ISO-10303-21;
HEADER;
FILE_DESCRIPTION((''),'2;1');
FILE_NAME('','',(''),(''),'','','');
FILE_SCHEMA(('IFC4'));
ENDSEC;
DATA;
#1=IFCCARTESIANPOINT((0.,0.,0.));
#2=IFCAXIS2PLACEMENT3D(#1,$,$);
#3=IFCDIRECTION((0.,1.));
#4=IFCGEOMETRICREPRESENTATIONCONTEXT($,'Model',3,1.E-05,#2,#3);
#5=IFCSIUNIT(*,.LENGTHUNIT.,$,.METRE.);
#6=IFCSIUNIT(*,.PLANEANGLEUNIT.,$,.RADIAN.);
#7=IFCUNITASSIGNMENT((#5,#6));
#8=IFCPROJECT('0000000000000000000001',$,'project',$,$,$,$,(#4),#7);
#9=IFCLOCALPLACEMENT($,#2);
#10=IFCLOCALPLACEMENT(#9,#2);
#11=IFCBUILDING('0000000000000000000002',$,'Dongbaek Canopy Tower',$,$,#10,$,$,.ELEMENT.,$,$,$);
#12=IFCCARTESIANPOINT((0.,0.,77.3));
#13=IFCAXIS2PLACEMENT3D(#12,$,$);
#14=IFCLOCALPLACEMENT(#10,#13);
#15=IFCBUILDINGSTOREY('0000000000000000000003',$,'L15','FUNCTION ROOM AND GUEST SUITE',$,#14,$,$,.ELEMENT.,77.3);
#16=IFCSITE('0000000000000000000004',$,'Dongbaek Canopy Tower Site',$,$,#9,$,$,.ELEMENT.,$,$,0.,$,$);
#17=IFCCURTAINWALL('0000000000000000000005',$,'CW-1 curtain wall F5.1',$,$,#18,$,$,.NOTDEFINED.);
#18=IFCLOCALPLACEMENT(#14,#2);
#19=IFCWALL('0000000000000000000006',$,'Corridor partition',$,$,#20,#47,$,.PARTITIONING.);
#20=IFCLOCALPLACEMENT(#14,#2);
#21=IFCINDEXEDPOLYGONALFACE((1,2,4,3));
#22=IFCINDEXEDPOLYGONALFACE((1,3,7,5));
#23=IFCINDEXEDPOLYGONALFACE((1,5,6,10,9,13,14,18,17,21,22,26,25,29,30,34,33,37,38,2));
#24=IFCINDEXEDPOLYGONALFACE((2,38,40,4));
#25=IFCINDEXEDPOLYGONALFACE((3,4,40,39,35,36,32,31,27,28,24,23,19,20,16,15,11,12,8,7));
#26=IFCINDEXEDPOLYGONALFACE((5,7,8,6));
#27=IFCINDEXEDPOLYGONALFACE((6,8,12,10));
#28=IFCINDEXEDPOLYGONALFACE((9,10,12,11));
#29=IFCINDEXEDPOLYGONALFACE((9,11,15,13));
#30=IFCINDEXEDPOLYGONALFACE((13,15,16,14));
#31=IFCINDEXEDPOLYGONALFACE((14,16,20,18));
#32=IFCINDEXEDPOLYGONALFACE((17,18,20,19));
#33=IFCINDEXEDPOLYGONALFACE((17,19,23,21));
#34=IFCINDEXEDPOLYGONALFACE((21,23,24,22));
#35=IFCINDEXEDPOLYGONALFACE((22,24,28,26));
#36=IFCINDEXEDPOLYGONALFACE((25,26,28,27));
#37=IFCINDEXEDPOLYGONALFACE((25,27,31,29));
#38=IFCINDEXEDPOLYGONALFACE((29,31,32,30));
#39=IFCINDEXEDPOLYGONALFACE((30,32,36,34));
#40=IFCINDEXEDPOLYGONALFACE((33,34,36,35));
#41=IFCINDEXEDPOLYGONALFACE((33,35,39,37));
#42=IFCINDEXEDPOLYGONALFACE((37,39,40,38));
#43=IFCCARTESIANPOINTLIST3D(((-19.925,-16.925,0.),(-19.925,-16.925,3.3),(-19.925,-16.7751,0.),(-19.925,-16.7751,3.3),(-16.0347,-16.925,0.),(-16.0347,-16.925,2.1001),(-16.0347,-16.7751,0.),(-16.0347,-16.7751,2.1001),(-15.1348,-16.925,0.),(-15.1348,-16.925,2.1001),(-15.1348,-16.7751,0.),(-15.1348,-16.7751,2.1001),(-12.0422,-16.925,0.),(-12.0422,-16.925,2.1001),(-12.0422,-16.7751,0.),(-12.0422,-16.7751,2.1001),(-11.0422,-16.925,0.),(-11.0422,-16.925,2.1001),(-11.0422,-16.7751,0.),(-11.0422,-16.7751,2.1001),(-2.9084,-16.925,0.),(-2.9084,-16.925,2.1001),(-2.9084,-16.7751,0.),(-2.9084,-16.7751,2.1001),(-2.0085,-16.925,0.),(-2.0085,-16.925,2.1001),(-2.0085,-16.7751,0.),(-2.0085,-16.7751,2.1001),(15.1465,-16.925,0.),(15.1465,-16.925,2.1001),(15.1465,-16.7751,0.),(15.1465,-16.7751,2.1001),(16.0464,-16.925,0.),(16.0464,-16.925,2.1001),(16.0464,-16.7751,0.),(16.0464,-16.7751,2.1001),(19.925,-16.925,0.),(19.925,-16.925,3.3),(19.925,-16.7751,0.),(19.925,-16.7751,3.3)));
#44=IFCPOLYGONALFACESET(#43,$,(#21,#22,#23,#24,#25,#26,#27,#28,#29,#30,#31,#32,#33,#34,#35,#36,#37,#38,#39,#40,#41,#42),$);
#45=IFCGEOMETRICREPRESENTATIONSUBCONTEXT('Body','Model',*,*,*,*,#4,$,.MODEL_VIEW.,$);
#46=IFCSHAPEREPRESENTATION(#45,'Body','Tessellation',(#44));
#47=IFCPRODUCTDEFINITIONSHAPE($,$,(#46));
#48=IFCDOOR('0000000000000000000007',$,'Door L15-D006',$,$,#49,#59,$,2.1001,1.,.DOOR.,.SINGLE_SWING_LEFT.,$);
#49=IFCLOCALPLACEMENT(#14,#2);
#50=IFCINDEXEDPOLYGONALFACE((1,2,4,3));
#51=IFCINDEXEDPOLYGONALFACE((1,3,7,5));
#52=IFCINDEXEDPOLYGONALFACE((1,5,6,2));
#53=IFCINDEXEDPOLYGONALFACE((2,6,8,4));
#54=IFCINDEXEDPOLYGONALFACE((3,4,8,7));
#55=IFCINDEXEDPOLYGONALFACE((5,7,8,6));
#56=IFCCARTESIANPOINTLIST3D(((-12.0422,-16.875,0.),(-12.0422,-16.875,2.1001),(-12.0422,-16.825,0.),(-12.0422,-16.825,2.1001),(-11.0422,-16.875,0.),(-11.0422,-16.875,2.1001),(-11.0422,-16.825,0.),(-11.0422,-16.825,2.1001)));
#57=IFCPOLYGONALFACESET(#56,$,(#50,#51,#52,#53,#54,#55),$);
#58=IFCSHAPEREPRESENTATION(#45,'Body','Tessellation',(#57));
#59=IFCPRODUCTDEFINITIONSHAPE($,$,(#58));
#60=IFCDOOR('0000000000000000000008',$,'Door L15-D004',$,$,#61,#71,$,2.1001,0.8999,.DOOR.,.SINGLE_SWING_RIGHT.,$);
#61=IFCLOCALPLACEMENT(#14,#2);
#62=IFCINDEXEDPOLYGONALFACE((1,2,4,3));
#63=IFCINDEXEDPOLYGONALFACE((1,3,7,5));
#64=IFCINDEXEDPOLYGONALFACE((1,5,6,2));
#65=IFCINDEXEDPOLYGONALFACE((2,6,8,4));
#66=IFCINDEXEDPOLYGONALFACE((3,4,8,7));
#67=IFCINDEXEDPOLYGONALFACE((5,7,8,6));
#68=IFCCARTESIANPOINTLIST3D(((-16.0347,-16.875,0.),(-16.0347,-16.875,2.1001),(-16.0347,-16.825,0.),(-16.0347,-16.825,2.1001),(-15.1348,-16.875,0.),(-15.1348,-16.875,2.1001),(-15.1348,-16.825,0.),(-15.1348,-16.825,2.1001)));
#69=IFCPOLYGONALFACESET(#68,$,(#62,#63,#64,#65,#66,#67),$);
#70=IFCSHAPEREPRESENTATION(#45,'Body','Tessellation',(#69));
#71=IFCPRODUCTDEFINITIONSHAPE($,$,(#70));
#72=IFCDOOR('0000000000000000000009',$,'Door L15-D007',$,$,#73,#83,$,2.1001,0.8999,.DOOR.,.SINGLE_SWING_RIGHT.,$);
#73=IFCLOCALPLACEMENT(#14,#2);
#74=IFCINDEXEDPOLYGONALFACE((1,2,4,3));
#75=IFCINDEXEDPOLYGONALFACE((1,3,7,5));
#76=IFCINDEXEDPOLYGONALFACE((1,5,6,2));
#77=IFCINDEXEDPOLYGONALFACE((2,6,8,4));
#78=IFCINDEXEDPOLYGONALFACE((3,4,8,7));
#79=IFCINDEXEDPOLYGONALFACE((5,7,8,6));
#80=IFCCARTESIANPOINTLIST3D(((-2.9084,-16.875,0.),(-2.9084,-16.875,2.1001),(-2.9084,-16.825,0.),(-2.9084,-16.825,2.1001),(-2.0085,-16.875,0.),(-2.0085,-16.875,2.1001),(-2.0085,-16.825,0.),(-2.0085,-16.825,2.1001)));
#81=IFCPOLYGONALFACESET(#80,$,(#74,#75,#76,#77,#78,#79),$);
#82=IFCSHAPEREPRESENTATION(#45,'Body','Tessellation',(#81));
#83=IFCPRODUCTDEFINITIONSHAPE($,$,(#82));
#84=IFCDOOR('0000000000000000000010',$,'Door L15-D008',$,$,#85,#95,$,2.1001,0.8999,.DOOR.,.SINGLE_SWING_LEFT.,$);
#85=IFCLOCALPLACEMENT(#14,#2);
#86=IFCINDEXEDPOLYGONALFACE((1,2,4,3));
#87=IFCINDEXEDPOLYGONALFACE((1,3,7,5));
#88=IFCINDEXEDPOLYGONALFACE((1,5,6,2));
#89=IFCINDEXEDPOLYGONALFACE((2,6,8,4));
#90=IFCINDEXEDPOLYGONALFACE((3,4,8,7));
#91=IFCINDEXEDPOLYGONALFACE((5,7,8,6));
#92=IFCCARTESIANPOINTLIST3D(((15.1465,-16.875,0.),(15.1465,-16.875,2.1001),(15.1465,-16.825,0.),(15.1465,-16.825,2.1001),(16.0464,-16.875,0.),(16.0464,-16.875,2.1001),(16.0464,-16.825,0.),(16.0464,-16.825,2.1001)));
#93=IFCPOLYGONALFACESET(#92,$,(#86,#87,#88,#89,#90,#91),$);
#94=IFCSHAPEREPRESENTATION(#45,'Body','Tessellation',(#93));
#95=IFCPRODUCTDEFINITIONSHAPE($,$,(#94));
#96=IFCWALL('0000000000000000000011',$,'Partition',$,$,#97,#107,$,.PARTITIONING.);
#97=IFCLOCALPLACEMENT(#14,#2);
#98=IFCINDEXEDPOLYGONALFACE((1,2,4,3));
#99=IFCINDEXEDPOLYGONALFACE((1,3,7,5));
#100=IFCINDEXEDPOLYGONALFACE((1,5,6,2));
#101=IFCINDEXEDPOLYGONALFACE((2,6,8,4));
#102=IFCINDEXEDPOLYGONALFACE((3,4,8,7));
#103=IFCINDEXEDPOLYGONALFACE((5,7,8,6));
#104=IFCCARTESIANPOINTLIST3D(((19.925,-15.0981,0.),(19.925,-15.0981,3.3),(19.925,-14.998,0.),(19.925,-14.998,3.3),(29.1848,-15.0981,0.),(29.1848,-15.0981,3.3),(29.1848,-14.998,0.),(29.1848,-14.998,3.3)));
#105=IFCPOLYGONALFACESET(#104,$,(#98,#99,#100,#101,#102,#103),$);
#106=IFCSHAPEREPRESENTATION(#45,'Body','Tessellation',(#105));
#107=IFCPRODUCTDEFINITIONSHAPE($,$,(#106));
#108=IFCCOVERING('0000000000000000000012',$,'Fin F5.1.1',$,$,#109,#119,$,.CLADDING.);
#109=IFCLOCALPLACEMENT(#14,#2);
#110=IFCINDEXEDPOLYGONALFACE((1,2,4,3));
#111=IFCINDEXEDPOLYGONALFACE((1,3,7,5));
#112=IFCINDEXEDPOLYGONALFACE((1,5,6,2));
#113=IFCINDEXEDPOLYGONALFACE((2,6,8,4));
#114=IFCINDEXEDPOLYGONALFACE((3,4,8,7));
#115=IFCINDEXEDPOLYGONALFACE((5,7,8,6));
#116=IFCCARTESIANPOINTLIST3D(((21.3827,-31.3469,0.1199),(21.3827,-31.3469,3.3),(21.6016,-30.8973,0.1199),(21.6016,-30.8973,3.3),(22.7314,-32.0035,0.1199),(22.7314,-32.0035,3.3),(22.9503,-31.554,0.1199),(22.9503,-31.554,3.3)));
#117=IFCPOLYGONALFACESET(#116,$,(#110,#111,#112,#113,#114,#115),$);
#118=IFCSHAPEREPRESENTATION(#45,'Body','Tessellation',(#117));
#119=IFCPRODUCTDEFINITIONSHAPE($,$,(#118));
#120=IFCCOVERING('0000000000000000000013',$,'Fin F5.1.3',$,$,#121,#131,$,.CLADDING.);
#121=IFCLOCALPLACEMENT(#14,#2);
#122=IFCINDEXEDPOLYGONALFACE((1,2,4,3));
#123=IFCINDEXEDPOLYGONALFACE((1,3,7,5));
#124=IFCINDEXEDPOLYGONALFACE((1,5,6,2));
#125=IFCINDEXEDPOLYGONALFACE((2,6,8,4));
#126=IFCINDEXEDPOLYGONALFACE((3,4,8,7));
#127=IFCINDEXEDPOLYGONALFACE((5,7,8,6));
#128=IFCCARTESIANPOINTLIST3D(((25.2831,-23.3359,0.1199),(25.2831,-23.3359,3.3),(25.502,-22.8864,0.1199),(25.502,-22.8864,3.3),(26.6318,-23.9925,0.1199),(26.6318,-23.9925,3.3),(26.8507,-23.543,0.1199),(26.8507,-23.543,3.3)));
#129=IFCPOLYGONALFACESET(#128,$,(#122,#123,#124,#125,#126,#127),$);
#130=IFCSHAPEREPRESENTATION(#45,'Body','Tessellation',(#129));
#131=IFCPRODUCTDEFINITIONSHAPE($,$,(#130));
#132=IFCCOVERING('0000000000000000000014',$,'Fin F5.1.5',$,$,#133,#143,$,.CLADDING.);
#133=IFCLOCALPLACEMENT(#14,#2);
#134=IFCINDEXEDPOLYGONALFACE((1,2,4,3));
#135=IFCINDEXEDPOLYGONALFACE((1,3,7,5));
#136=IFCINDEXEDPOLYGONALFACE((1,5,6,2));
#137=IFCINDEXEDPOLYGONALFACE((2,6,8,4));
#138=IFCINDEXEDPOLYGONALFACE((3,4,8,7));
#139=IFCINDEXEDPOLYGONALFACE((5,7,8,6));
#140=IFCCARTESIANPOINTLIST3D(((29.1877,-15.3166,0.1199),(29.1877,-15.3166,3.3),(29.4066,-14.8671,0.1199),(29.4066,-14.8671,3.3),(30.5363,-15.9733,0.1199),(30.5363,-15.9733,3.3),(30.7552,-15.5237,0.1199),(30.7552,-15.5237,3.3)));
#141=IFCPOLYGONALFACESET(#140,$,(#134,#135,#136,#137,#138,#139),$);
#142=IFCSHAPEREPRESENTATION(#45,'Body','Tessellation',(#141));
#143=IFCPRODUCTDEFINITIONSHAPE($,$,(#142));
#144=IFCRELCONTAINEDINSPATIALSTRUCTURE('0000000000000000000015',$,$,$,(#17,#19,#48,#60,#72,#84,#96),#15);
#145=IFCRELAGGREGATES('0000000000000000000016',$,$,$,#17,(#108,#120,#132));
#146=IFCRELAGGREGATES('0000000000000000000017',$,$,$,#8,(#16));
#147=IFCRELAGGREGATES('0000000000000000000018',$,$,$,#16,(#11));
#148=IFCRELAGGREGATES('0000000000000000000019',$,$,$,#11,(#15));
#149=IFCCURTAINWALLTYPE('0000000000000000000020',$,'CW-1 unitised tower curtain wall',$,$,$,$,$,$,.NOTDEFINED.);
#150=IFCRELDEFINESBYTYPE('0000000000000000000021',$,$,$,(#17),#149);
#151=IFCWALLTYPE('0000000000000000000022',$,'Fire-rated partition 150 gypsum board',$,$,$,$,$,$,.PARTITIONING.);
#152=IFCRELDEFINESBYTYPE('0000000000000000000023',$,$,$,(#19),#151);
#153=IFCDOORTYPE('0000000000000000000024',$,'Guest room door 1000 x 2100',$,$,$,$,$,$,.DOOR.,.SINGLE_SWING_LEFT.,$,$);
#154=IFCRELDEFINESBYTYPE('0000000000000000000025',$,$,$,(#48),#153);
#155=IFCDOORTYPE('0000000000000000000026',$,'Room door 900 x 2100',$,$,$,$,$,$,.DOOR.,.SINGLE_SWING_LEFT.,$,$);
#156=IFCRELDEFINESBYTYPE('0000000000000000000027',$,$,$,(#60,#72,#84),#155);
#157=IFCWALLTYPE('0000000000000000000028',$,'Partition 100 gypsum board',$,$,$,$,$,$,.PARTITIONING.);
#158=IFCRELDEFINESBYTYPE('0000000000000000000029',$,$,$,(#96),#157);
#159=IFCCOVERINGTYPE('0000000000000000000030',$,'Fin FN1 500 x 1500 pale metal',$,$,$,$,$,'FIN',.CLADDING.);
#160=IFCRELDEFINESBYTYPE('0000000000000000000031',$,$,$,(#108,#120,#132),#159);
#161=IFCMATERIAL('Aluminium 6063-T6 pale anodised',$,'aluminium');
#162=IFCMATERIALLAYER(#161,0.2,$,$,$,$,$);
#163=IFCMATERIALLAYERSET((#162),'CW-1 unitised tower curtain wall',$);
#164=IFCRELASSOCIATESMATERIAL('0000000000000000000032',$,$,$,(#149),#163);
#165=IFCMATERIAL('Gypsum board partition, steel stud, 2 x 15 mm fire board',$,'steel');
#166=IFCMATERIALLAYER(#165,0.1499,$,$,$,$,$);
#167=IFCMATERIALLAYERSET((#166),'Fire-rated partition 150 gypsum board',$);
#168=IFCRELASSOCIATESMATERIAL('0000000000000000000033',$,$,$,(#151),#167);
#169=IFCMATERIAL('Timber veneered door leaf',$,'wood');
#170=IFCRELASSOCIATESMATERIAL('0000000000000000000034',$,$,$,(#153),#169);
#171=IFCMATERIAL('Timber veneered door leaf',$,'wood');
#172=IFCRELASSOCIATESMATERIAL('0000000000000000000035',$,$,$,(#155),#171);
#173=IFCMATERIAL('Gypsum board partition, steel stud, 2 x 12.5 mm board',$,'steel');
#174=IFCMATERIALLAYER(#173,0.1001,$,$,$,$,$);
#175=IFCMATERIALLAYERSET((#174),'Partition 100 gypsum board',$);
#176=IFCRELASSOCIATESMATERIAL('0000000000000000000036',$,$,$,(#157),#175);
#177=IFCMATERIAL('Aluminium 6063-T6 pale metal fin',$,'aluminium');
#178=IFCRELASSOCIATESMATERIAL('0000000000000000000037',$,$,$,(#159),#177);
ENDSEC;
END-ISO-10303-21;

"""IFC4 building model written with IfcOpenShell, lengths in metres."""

from ifc_helpers import new_model, si_unit, direction, frame, frame_2d, origin, origin_2d, place, context, subcontext, project, spatial, rectangle, extrude, material, layer, layer_set, material_profile, profile_set, type_object, element, fill, aggregate, save


model = new_model("IFC4")

# Units and contexts
model_context = context("Model", 3, precision=1e-05, world=origin(), true_north=direction((0.0, 1.0)))
body_context = subcontext(model_context, "Body", "Model", "MODEL_VIEW")
ifc_project = project(units=[si_unit("LENGTHUNIT", "METRE"), si_unit("PLANEANGLEUNIT", "RADIAN")], contexts=[model_context])

# Site, building, storey
site_placement = place(None, origin())
site = spatial("IfcSite", under=ifc_project, at=site_placement, Name="Dongbaek Canopy Tower Site", CompositionType="ELEMENT", RefElevation=0.0)
building_placement = place(site_placement, origin())
building = spatial("IfcBuilding", under=site, at=building_placement, Name="Dongbaek Canopy Tower", CompositionType="ELEMENT")
storey_placement = place(building_placement, frame((0.0, 0.0, 77.3)))
storey = spatial("IfcBuildingStorey", under=building, at=storey_placement, Name="L15", Description="FUNCTION ROOM AND GUEST SUITE", CompositionType="ELEMENT", Elevation=77.3)

# Curtain wall
ifc_material_1 = material(Name="Aluminium 6063-T6 pale anodised", Category="aluminium")
ifc_layer_1 = layer(ifc_material_1, 0.2)
ifc_layer_set_1 = layer_set([ifc_layer_1], Name="CW-1 unitised tower curtain wall")
curtain_wall_type = type_object("IfcCurtainWallType", Name="CW-1 unitised tower curtain wall", PredefinedType="NOTDEFINED", material=ifc_layer_set_1)
curtain_wall_1_placement = place(storey_placement, origin())
curtain_wall_1 = element("IfcCurtainWall", 1, at=curtain_wall_1_placement, inside=storey, type_object=curtain_wall_type, Name="CW-1 curtain wall F5.1", PredefinedType="NOTDEFINED")

# Wall, openings, doors
ifc_material_2 = material(Name="Gypsum board partition, steel stud, 2 x 15 mm fire board", Category="steel")
ifc_layer_2 = layer(ifc_material_2, 0.1499)
ifc_layer_set_2 = layer_set([ifc_layer_2], Name="Fire-rated partition 150 gypsum board")
wall_type_1 = type_object("IfcWallType", Name="Fire-rated partition 150 gypsum board", PredefinedType="PARTITIONING", material=ifc_layer_set_2)
wall_1_placement = place(storey_placement, frame((19.925, -16.8501, 0.0), z_axis=(0.0, 0.0, 1.0), x_axis=(-1.0, 0.0, 0.0)))
wall_1 = element("IfcWall", 2, at=wall_1_placement, inside=storey, type_object=wall_type_1, Name="Corridor partition", PredefinedType="PARTITIONING", context=body_context, shape_type="SweptSolid", body=[
    extrude(rectangle(XDim=39.8501, YDim=0.1499, at=frame_2d((19.925, 0.0))), origin(), (0.0, 0.0, 1.0), 3.3),
])
opening_1_placement = place(wall_1_placement, frame((35.0598, 0.0, 0.0)))
opening_1 = element("IfcOpeningElement", 3, at=opening_1_placement, cuts=wall_1, PredefinedType="OPENING", context=body_context, shape_type="SweptSolid", body=[
    extrude(rectangle(XDim=0.8999, YDim=2.1001, at=frame_2d((0.45, 1.05))), frame((0.0, 0.085, 0.0), z_axis=(0.0, -1.0, 0.0), x_axis=(1.0, 0.0, 0.0)), (0.0, 0.0, 1.0), 0.1699),
])
opening_2_placement = place(wall_1_placement, frame((30.9673, 0.0, 0.0)))
opening_2 = element("IfcOpeningElement", 4, at=opening_2_placement, cuts=wall_1, PredefinedType="OPENING", context=body_context, shape_type="SweptSolid", body=[
    extrude(rectangle(XDim=1.0, YDim=2.1001, at=frame_2d((0.5, 1.05))), frame((0.0, 0.085, 0.0), z_axis=(0.0, -1.0, 0.0), x_axis=(1.0, 0.0, 0.0)), (0.0, 0.0, 1.0), 0.1699),
])
opening_3_placement = place(wall_1_placement, frame((21.9336, 0.0, 0.0)))
opening_3 = element("IfcOpeningElement", 5, at=opening_3_placement, cuts=wall_1, PredefinedType="OPENING", context=body_context, shape_type="SweptSolid", body=[
    extrude(rectangle(XDim=0.8999, YDim=2.1001, at=frame_2d((0.45, 1.05))), frame((0.0, 0.085, 0.0), z_axis=(0.0, -1.0, 0.0), x_axis=(1.0, 0.0, 0.0)), (0.0, 0.0, 1.0), 0.1699),
])
opening_4_placement = place(wall_1_placement, frame((3.8787, 0.0, 0.0)))
opening_4 = element("IfcOpeningElement", 6, at=opening_4_placement, cuts=wall_1, PredefinedType="OPENING", context=body_context, shape_type="SweptSolid", body=[
    extrude(rectangle(XDim=0.8999, YDim=2.1001, at=frame_2d((0.45, 1.05))), frame((0.0, 0.085, 0.0), z_axis=(0.0, -1.0, 0.0), x_axis=(1.0, 0.0, 0.0)), (0.0, 0.0, 1.0), 0.1699),
])
ifc_material_3 = material(Name="Timber veneered door leaf", Category="wood")
door_type_1 = type_object("IfcDoorType", Name="Guest room door 1000 x 2100", OperationType="SINGLE_SWING_LEFT", PredefinedType="DOOR", material=ifc_material_3)
door_1_placement = place(opening_2_placement, origin())
door_1 = element("IfcDoor", 7, at=door_1_placement, inside=storey, type_object=door_type_1, Name="Door L15-D006", OperationType="SINGLE_SWING_LEFT", OverallHeight=2.1001, OverallWidth=1.0, PredefinedType="DOOR", context=body_context, shape_type="SweptSolid", body=[
    extrude(rectangle(XDim=1.0, YDim=2.1001, at=frame_2d((0.5, 1.05))), frame((0.0, 0.0249, 0.0), z_axis=(0.0, -1.0, 0.0), x_axis=(1.0, 0.0, 0.0)), (0.0, 0.0, 1.0), 0.05),
])
fill(opening_2, door_1)
ifc_material_4 = material(Name="Timber veneered door leaf", Category="wood")
door_type_2 = type_object("IfcDoorType", Name="Room door 900 x 2100", OperationType="SINGLE_SWING_LEFT", PredefinedType="DOOR", material=ifc_material_4)
door_2_placement = place(opening_1_placement, origin())
door_2 = element("IfcDoor", 8, at=door_2_placement, inside=storey, type_object=door_type_2, Name="Door L15-D004", OperationType="SINGLE_SWING_RIGHT", OverallHeight=2.1001, OverallWidth=0.8999, PredefinedType="DOOR", context=body_context, shape_type="SweptSolid", body=[
    extrude(rectangle(XDim=0.8999, YDim=2.1001, at=frame_2d((0.45, 1.05))), frame((0.0, 0.0249, 0.0), z_axis=(0.0, -1.0, 0.0), x_axis=(1.0, 0.0, 0.0)), (0.0, 0.0, 1.0), 0.05),
])
fill(opening_1, door_2)
door_3_placement = place(opening_3_placement, origin())
door_3 = element("IfcDoor", 9, at=door_3_placement, inside=storey, type_object=door_type_2, Name="Door L15-D007", OperationType="SINGLE_SWING_RIGHT", OverallHeight=2.1001, OverallWidth=0.8999, PredefinedType="DOOR", context=body_context, shape_type="SweptSolid", body=[
    extrude(rectangle(XDim=0.8999, YDim=2.1001, at=frame_2d((0.45, 1.05))), frame((0.0, 0.0249, 0.0), z_axis=(0.0, -1.0, 0.0), x_axis=(1.0, 0.0, 0.0)), (0.0, 0.0, 1.0), 0.05),
])
fill(opening_3, door_3)
door_4_placement = place(opening_4_placement, origin())
door_4 = element("IfcDoor", 10, at=door_4_placement, inside=storey, type_object=door_type_2, Name="Door L15-D008", OperationType="SINGLE_SWING_LEFT", OverallHeight=2.1001, OverallWidth=0.8999, PredefinedType="DOOR", context=body_context, shape_type="SweptSolid", body=[
    extrude(rectangle(XDim=0.8999, YDim=2.1001, at=frame_2d((0.45, 1.05))), frame((0.0, 0.0249, 0.0), z_axis=(0.0, -1.0, 0.0), x_axis=(1.0, 0.0, 0.0)), (0.0, 0.0, 1.0), 0.05),
])
fill(opening_4, door_4)

# Wall
ifc_material_5 = material(Name="Gypsum board partition, steel stud, 2 x 12.5 mm board", Category="steel")
ifc_layer_3 = layer(ifc_material_5, 0.1001)
ifc_layer_set_3 = layer_set([ifc_layer_3], Name="Partition 100 gypsum board")
wall_type_2 = type_object("IfcWallType", Name="Partition 100 gypsum board", PredefinedType="PARTITIONING", material=ifc_layer_set_3)
wall_2_placement = place(storey_placement, frame((19.925, -15.0481, 0.0), z_axis=(0.0, 0.0, 1.0), x_axis=(1.0, 0.0, 0.0)))
element("IfcWall", 11, at=wall_2_placement, inside=storey, type_object=wall_type_2, Name="Partition", PredefinedType="PARTITIONING", context=body_context, shape_type="SweptSolid", body=[
    extrude(rectangle(XDim=9.2598, YDim=0.1001, at=frame_2d((4.6299, 0.0))), origin(), (0.0, 0.0, 1.0), 3.3),
])

# Coverings
ifc_material_6 = material(Name="Aluminium 6063-T6 pale metal fin", Category="aluminium")
ifc_material_profile_1 = material_profile(ifc_material_6, rectangle(XDim=1.5, YDim=0.5, at=origin_2d()), Name="Fin FN1 500 x 1500 pale metal")
ifc_profile_set_1 = profile_set([ifc_material_profile_1], Name="Aluminium 6063-T6 pale metal fin")
covering_type = type_object("IfcCoveringType", Name="Fin FN1 500 x 1500 pale metal", ElementType="FIN", PredefinedType="CLADDING", material=ifc_profile_set_1)
covering_1_placement = place(storey_placement, frame((22.1665, -31.4504, 0.1199), z_axis=(0.0, 0.0, 1.0), x_axis=(0.899092, -0.437759, 0.0)))
covering_1 = element("IfcCovering", 12, at=covering_1_placement, type_object=covering_type, Name="Fin F5.1.1", PredefinedType="CLADDING", context=body_context, shape_type="SweptSolid", body=[
    extrude(rectangle(XDim=1.5, YDim=0.5, at=origin_2d()), origin(), (0.0, 0.0, 1.0), 3.1802),
])
covering_2_placement = place(storey_placement, frame((26.0669, -23.4395, 0.1199), z_axis=(0.0, 0.0, 1.0), x_axis=(0.899092, -0.437759, 0.0)))
covering_2 = element("IfcCovering", 13, at=covering_2_placement, type_object=covering_type, Name="Fin F5.1.3", PredefinedType="CLADDING", context=body_context, shape_type="SweptSolid", body=[
    extrude(rectangle(XDim=1.5, YDim=0.5, at=origin_2d()), origin(), (0.0, 0.0, 1.0), 3.1802),
])
covering_3_placement = place(storey_placement, frame((29.9714, -15.4202, 0.1199), z_axis=(0.0, 0.0, 1.0), x_axis=(0.899092, -0.437759, 0.0)))
covering_3 = element("IfcCovering", 14, at=covering_3_placement, type_object=covering_type, Name="Fin F5.1.5", PredefinedType="CLADDING", context=body_context, shape_type="SweptSolid", body=[
    extrude(rectangle(XDim=1.5, YDim=0.5, at=origin_2d()), origin(), (0.0, 0.0, 1.0), 3.1802),
])
aggregate(curtain_wall_1, [covering_1, covering_2, covering_3])

save(model, "model.ifc")
